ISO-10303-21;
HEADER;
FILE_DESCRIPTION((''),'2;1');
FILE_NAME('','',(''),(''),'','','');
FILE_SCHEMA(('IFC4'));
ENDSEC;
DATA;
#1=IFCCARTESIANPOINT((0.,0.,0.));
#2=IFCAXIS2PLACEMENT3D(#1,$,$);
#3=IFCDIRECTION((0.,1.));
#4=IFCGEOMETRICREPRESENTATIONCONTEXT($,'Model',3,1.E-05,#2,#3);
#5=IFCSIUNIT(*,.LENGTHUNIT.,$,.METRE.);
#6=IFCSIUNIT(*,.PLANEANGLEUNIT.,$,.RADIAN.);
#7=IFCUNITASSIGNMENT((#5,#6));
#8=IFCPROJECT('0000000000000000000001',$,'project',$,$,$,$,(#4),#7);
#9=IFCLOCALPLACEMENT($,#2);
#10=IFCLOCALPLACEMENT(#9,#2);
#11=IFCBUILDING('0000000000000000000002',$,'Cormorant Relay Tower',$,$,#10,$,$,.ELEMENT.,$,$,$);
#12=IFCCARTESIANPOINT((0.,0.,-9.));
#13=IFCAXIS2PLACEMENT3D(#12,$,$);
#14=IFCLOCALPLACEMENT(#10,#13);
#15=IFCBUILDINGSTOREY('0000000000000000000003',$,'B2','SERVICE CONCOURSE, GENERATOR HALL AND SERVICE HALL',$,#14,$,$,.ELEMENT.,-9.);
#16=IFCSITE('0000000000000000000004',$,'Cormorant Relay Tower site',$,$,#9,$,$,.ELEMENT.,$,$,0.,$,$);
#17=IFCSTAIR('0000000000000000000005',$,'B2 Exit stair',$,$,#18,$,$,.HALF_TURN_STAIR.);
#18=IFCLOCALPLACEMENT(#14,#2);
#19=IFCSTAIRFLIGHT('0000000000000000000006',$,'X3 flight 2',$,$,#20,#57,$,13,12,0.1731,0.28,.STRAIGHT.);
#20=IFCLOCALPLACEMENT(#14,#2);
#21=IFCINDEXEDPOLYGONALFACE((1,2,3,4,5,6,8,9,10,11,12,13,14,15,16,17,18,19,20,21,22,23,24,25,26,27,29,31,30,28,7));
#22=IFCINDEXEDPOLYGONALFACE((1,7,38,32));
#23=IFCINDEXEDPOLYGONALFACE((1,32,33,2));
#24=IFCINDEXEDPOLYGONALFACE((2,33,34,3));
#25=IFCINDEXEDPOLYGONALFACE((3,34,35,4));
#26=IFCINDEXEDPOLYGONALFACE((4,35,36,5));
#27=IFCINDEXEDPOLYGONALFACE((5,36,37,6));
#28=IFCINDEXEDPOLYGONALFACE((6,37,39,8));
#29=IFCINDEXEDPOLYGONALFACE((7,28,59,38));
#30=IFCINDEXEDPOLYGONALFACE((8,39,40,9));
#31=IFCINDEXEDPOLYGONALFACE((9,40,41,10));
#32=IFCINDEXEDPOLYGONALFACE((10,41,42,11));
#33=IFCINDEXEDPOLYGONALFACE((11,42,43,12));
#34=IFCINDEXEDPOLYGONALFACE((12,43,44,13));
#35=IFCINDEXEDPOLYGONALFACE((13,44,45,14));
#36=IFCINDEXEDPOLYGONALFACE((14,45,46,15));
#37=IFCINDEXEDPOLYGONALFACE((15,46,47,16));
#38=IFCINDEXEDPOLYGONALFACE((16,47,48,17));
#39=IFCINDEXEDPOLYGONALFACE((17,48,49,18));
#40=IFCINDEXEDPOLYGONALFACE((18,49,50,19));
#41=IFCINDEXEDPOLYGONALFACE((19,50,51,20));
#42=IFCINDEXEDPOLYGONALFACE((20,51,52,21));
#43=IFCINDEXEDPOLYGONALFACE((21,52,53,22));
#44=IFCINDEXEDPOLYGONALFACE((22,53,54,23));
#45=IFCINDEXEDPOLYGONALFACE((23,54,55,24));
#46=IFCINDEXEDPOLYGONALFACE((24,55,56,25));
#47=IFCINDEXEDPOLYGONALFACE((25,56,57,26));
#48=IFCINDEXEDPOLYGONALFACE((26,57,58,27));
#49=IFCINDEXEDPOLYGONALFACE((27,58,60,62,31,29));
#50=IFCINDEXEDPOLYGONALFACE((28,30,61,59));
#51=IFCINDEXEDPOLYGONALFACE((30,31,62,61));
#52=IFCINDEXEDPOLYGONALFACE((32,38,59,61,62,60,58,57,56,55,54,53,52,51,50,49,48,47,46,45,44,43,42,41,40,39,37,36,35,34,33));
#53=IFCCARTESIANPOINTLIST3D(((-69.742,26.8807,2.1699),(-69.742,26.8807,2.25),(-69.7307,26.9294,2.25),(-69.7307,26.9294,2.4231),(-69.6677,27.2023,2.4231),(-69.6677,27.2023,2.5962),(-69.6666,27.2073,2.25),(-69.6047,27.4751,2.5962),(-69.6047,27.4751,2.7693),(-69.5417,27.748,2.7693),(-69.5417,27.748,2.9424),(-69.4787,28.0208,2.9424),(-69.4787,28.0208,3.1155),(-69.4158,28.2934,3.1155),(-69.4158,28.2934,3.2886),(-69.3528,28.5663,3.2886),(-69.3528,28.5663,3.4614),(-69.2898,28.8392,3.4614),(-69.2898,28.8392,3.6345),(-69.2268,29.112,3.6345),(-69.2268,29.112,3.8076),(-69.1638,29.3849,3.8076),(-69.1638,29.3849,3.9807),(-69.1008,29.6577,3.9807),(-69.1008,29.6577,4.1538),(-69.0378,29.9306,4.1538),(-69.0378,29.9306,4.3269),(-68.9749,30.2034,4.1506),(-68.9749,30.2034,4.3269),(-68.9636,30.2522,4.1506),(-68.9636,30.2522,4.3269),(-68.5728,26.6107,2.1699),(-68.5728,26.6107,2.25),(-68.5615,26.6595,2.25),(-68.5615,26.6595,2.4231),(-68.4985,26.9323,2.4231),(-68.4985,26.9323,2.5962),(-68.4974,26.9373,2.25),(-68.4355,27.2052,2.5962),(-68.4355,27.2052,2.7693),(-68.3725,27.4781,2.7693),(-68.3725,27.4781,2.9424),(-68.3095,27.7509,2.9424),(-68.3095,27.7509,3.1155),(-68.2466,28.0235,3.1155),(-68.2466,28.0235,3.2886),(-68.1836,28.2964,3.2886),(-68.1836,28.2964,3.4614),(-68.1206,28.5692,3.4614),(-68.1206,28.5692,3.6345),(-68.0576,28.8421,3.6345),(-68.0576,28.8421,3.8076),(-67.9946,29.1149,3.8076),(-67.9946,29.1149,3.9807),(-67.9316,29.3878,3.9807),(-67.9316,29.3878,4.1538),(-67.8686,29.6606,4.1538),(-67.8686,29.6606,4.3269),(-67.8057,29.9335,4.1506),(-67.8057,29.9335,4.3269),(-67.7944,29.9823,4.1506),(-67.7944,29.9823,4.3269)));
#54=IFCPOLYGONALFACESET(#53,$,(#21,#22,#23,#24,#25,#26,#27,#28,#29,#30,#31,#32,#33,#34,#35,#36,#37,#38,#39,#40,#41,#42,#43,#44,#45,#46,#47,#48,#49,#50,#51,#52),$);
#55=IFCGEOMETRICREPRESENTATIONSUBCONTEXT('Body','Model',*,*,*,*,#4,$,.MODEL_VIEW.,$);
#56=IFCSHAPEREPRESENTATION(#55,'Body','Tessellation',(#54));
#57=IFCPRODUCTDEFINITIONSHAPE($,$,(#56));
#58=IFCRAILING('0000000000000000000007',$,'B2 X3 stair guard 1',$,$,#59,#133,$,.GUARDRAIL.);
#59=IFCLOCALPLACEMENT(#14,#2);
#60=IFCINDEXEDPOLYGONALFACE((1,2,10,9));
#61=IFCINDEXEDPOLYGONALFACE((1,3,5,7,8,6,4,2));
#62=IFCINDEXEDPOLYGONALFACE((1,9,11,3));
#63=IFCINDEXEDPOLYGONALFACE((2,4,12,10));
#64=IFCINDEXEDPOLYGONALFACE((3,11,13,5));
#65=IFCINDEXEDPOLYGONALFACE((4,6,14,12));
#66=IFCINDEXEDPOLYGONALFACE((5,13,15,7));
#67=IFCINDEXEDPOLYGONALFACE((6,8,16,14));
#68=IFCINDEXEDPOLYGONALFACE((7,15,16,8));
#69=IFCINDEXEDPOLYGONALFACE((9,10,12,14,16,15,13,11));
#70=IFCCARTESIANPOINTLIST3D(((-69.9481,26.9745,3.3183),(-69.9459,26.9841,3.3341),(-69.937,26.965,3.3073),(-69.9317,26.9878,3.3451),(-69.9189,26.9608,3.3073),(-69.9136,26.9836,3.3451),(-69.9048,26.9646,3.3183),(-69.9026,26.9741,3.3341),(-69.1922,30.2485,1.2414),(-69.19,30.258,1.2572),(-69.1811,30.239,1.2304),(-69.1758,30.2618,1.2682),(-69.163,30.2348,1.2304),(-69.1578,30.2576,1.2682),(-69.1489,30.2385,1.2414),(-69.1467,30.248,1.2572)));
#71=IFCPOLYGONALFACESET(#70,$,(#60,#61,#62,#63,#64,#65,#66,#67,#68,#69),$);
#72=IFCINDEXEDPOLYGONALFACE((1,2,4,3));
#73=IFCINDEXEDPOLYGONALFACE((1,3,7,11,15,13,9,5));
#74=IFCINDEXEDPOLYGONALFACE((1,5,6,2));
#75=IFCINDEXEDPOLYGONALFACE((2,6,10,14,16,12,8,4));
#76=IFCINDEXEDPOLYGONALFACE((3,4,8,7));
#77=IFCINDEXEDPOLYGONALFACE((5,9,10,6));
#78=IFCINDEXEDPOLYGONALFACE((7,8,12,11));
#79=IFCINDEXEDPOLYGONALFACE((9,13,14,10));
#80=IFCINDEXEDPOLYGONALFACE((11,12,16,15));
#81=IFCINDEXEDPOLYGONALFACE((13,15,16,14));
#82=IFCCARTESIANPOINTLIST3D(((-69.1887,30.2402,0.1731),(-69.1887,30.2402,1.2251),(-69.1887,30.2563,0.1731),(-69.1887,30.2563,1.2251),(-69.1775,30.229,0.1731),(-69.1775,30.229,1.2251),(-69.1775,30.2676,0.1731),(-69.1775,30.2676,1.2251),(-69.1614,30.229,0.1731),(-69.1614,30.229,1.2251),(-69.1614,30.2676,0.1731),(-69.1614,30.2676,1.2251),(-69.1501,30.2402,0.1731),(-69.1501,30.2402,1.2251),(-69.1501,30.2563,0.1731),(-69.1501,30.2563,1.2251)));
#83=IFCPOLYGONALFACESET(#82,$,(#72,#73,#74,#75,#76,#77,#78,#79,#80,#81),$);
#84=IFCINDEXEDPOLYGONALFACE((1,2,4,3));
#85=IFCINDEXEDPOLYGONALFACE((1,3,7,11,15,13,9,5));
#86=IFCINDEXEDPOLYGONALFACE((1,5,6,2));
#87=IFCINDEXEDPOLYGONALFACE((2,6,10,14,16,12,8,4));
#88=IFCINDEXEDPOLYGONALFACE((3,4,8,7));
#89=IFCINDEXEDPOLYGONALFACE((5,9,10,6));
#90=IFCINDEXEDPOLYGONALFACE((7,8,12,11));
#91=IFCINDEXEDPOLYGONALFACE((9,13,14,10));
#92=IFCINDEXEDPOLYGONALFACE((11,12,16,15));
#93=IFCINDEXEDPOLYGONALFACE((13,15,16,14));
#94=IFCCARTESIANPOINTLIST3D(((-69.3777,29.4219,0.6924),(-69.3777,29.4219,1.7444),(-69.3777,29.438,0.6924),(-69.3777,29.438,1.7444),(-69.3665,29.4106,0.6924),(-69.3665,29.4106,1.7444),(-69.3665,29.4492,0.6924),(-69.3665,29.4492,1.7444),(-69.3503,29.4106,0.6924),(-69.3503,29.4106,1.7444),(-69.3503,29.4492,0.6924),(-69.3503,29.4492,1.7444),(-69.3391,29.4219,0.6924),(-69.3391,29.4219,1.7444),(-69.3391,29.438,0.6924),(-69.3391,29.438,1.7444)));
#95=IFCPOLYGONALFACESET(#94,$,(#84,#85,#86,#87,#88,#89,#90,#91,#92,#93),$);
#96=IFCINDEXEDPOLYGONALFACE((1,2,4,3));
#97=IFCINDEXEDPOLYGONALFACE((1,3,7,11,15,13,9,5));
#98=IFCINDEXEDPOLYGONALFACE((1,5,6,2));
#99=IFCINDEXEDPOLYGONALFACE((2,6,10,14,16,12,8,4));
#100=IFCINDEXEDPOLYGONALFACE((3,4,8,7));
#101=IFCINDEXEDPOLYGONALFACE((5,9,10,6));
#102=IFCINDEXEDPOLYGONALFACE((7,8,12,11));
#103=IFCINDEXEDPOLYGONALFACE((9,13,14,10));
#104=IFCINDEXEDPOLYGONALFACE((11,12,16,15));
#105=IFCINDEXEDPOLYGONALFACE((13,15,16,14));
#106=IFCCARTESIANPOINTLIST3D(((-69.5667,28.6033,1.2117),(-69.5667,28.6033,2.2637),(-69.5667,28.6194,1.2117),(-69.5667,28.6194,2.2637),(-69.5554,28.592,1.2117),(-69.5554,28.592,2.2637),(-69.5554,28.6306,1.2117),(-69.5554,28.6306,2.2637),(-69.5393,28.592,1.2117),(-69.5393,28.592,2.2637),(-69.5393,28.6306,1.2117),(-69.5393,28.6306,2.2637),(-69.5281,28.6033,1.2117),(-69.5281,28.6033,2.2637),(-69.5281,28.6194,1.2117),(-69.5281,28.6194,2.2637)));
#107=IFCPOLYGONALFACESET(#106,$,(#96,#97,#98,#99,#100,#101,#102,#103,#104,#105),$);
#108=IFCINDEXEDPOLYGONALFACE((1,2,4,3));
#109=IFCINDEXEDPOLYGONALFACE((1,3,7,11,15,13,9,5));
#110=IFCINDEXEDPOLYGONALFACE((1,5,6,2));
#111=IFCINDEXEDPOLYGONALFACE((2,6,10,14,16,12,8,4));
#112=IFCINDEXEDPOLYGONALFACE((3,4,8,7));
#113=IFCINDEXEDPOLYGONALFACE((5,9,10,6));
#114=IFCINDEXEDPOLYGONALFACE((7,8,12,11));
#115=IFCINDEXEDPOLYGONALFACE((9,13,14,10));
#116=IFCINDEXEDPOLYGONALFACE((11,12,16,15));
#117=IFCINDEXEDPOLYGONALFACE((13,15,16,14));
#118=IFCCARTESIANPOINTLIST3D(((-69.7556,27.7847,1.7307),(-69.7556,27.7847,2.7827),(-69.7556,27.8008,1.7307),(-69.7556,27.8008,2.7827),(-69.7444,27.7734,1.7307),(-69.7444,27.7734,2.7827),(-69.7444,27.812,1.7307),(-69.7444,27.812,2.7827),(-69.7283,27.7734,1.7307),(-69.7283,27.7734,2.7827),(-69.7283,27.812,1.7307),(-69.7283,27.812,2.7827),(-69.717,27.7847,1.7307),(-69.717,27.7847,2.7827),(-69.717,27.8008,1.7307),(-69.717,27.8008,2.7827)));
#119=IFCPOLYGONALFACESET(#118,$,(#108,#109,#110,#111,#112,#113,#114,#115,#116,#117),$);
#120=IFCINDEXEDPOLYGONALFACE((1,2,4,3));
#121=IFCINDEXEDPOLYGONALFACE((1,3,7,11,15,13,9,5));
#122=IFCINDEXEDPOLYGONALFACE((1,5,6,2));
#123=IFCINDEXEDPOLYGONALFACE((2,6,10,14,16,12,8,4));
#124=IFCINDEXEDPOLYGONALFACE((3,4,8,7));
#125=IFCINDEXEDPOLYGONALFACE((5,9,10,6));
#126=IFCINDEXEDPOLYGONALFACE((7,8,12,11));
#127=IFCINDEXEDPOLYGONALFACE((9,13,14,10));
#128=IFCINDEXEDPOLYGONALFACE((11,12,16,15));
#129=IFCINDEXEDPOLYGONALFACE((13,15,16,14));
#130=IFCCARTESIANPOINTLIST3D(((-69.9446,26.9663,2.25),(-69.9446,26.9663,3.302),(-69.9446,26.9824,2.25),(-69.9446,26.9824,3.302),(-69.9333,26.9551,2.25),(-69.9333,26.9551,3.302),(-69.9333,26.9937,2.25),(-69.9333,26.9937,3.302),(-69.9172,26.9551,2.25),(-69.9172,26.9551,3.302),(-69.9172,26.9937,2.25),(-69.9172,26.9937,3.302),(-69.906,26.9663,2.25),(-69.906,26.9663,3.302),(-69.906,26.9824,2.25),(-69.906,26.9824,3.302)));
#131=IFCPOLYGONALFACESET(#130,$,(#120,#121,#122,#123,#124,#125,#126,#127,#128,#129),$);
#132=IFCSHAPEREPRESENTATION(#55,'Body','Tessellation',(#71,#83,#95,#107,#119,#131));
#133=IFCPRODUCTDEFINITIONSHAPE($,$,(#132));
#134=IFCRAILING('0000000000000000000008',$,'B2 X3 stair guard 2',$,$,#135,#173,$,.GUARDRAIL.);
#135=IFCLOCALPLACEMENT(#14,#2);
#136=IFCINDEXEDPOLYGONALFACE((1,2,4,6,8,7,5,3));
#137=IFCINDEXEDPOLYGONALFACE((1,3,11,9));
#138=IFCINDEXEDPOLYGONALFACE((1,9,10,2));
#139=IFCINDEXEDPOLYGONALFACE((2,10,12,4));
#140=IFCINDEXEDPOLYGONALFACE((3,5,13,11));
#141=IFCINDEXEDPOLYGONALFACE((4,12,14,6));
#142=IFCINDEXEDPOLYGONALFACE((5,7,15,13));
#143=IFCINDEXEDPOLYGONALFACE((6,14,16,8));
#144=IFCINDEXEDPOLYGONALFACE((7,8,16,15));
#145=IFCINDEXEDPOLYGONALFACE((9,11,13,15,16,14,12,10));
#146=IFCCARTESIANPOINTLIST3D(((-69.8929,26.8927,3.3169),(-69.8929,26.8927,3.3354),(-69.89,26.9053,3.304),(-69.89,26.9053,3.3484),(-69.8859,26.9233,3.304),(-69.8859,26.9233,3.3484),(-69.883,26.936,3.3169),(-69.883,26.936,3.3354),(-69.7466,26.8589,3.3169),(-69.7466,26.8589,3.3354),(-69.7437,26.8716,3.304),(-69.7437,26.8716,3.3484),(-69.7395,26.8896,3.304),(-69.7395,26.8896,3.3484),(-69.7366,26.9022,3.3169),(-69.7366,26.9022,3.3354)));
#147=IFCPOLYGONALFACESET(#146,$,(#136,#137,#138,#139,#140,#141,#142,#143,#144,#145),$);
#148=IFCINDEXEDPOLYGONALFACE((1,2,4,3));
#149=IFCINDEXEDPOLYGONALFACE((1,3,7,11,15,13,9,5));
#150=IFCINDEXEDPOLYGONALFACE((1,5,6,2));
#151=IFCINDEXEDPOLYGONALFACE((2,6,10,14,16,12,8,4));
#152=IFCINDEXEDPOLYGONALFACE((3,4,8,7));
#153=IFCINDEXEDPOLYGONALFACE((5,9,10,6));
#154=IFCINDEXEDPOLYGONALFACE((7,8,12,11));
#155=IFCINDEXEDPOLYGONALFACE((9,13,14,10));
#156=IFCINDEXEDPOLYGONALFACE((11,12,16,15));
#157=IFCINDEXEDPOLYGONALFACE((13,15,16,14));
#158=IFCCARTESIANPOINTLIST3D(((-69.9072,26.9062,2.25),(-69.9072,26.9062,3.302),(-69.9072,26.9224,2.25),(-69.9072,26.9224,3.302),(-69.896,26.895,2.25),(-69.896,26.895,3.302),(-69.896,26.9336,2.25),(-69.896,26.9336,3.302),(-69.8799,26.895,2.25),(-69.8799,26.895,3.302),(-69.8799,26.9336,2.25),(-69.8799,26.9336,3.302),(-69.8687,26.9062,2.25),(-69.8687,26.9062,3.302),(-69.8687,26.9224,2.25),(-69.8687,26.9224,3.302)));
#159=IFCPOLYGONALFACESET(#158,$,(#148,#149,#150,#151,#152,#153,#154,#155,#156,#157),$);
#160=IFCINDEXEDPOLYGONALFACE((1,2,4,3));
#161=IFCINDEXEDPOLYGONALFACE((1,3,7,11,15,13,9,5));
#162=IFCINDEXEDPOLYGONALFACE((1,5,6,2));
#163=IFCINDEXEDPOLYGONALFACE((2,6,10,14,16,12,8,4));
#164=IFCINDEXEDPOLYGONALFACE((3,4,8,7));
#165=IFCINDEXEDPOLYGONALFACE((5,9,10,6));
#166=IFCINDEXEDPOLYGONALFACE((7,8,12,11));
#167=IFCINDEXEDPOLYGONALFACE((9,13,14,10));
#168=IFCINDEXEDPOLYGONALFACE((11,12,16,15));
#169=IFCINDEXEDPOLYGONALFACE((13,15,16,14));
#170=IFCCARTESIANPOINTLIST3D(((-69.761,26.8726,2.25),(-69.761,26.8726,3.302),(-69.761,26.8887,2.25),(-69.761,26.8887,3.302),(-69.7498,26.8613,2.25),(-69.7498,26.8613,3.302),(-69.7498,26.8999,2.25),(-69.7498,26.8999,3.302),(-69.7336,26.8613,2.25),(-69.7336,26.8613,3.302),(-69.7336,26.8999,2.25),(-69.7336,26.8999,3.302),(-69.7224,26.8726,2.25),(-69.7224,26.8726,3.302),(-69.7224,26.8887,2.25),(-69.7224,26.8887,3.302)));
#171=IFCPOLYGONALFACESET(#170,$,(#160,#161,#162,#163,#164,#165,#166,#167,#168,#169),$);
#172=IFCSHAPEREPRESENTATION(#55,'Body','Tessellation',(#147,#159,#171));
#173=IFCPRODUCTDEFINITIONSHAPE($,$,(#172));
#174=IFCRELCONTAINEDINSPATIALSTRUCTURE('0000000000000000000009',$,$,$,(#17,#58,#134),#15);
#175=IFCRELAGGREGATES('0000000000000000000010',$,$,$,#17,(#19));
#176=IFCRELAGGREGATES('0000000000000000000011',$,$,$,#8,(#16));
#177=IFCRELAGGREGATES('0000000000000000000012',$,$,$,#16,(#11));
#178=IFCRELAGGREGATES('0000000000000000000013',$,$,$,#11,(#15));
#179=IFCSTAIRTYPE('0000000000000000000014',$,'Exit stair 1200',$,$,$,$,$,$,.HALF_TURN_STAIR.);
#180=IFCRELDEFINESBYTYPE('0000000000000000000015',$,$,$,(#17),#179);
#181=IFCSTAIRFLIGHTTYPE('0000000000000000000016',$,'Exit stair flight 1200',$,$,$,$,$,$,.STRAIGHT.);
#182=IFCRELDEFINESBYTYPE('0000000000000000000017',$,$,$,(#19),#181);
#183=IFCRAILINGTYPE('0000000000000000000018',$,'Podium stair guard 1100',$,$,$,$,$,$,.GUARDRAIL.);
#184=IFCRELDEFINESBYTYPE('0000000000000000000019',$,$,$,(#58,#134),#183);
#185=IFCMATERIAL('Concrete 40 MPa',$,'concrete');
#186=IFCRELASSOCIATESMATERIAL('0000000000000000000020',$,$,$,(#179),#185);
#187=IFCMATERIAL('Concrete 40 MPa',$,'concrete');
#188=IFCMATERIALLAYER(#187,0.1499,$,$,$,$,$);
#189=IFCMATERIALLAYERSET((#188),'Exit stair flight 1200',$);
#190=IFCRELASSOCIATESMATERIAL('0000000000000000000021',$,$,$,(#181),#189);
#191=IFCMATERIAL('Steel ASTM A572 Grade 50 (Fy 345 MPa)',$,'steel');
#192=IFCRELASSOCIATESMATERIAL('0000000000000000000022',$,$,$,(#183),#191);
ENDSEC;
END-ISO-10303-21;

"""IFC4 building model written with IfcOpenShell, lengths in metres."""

from ifc_helpers import new_model, si_unit, direction, frame, origin, place, context, subcontext, project, spatial, polyline, outline, extrude, material, layer, layer_set, type_object, element, aggregate, save


model = new_model("IFC4")

# Units and contexts
model_context = context("Model", 3, precision=1e-05, world=origin(), true_north=direction((0.0, 1.0)))
body_context = subcontext(model_context, "Body", "Model", "MODEL_VIEW")
ifc_project = project(units=[si_unit("LENGTHUNIT", "METRE"), si_unit("PLANEANGLEUNIT", "RADIAN")], contexts=[model_context])

# Site, building, storey
site_placement = place(None, origin())
site = spatial("IfcSite", under=ifc_project, at=site_placement, Name="Cormorant Relay Tower site", CompositionType="ELEMENT", RefElevation=0.0)
building_placement = place(site_placement, origin())
building = spatial("IfcBuilding", under=site, at=building_placement, Name="Cormorant Relay Tower", CompositionType="ELEMENT")
storey_placement = place(building_placement, frame((0.0, 0.0, -9.0)))
storey = spatial("IfcBuildingStorey", under=building, at=storey_placement, Name="B2", Description="SERVICE CONCOURSE, GENERATOR HALL AND SERVICE HALL", CompositionType="ELEMENT", Elevation=-9.0)

# Stair, stair flight
ifc_material_1 = material(Name="Concrete 40 MPa", Category="concrete")
stair_type = type_object("IfcStairType", Name="Exit stair 1200", PredefinedType="HALF_TURN_STAIR", material=ifc_material_1)
stair_placement = place(storey_placement, origin())
stair = element("IfcStair", 1, at=stair_placement, inside=storey, type_object=stair_type, Name="B2 Exit stair", PredefinedType="HALF_TURN_STAIR")
ifc_material_2 = material(Name="Concrete 40 MPa", Category="concrete")
ifc_layer_1 = layer(ifc_material_2, 0.1499)
ifc_layer_set_1 = layer_set([ifc_layer_1], Name="Exit stair flight 1200")
stair_flight_type = type_object("IfcStairFlightType", Name="Exit stair flight 1200", PredefinedType="STRAIGHT", material=ifc_layer_set_1)
stair_flight_placement = place(storey_placement, frame((-69.146, 26.7944, 2.25), z_axis=(0.0, 0.0, 1.0), x_axis=(0.224951, 0.97437, 0.0)))
stair_flight = element("IfcStairFlight", 2, at=stair_flight_placement, type_object=stair_flight_type, Name="X3 flight 2", NumberOfRisers=13, NumberOfTreads=12, PredefinedType="STRAIGHT", RiserHeight=0.1731, TreadLength=0.28, context=body_context, shape_type="SweptSolid", body=[
    extrude(outline(polyline([(-0.05, -0.0801), (-0.05, 0.0), (0.0, 0.0), (0.0, 0.1731), (0.28, 0.1731), (0.28, 0.3462), (0.5601, 0.3462), (0.5601, 0.5193), (0.8401, 0.5193), (0.8401, 0.6924), (1.1201, 0.6924), (1.1201, 0.8655), (1.3999, 0.8655), (1.3999, 1.0386), (1.6799, 1.0386), (1.6799, 1.2114), (1.96, 1.2114), (1.96, 1.3845), (2.24, 1.3845), (2.24, 1.5576), (2.52, 1.5576), (2.52, 1.7307), (2.8, 1.7307), (2.8, 1.9038), (3.0801, 1.9038), (3.0801, 2.0769), (3.3601, 2.0769), (3.4102, 2.0769), (3.4102, 1.9006), (3.3601, 1.9006), (0.2852, 0.0), (-0.05, -0.0801)])), frame((0.0, 0.6001, 0.0), z_axis=(0.0, -1.0, 0.0), x_axis=(1.0, 0.0, 0.0)), (0.0, 0.0, 1.0), 1.2),
])
aggregate(stair, [stair_flight])

# Railings
ifc_material_3 = material(Name="Steel ASTM A572 Grade 50 (Fy 345 MPa)", Category="steel")
railing_type_1 = type_object("IfcRailingType", Name="Podium stair guard 1100", PredefinedType="GUARDRAIL", material=ifc_material_3)
railing_1_placement = place(storey_placement, frame((-69.1694, 30.2483, 0.1731)))
element("IfcRailing", 3, at=railing_1_placement, inside=storey, type_object=railing_type_1, Name="B2 X3 stair guard 1", PredefinedType="GUARDRAIL", context=body_context, shape_type="SweptSolid", body=[
    extrude(outline(polyline([(0.0222, 0.0093), (0.0093, 0.0222), (-0.0093, 0.0222), (-0.0222, 0.0093), (-0.0222, -0.0093), (-0.0093, -0.0222), (0.0093, -0.0222), (0.0222, -0.0093), (0.0222, 0.0093)])), frame((0.0, 0.0, 1.0762), z_axis=(-0.191351, -0.828817, 0.525783), x_axis=(0.974369, -0.224955, 0.0)), (0.0, 0.0, 1.0), 3.9502),
    extrude(outline(polyline([(0.0193, 0.0081), (0.0081, 0.0193), (-0.0081, 0.0193), (-0.0193, 0.0081), (-0.0193, -0.0081), (-0.0081, -0.0193), (0.0081, -0.0193), (0.0193, -0.0081), (0.0193, 0.0081)])), origin(), (0.0, 0.0, 1.0), 1.052),
    extrude(outline(polyline([(0.0193, 0.0081), (0.0081, 0.0193), (-0.0081, 0.0193), (-0.0193, 0.0081), (-0.0193, -0.0081), (-0.0081, -0.0193), (0.0081, -0.0193), (0.0193, -0.0081), (0.0193, 0.0081)])), frame((-0.189, -0.8184, 0.5193)), (0.0, 0.0, 1.0), 1.052),
    extrude(outline(polyline([(0.0193, 0.0081), (0.0081, 0.0193), (-0.0081, 0.0193), (-0.0193, 0.0081), (-0.0193, -0.0081), (-0.0081, -0.0193), (0.0081, -0.0193), (0.0193, -0.0081), (0.0193, 0.0081)])), frame((-0.3779, -1.637, 1.0386)), (0.0, 0.0, 1.0), 1.052),
    extrude(outline(polyline([(0.0193, 0.0081), (0.0081, 0.0193), (-0.0081, 0.0193), (-0.0193, 0.0081), (-0.0193, -0.0081), (-0.0081, -0.0193), (0.0081, -0.0193), (0.0193, -0.0081), (0.0193, 0.0081)])), frame((-0.5669, -2.4556, 1.5576)), (0.0, 0.0, 1.0), 1.052),
    extrude(outline(polyline([(0.0193, 0.0081), (0.0081, 0.0193), (-0.0081, 0.0193), (-0.0193, 0.0081), (-0.0193, -0.0081), (-0.0081, -0.0193), (0.0081, -0.0193), (0.0193, -0.0081), (0.0193, 0.0081)])), frame((-0.7559, -3.2739, 2.0769)), (0.0, 0.0, 1.0), 1.052),
])
railing_2_placement = place(storey_placement, frame((-69.8879, 26.9143, 2.25)))
element("IfcRailing", 4, at=railing_2_placement, inside=storey, type_object=railing_type_1, Name="B2 X3 stair guard 2", PredefinedType="GUARDRAIL", context=body_context, shape_type="SweptSolid", body=[
    extrude(outline(polyline([(0.0222, 0.0093), (0.0093, 0.0222), (-0.0093, 0.0222), (-0.0222, 0.0093), (-0.0222, -0.0093), (-0.0093, -0.0222), (0.0093, -0.0222), (0.0222, -0.0093), (0.0222, 0.0093)])), frame((0.0, 0.0, 1.0762), z_axis=(0.974473, -0.224503, 0.0), x_axis=(0.224503, 0.974473, 0.0)), (0.0, 0.0, 1.0), 0.1501),
    extrude(outline(polyline([(0.0193, 0.0081), (0.0081, 0.0193), (-0.0081, 0.0193), (-0.0193, 0.0081), (-0.0193, -0.0081), (-0.0081, -0.0193), (0.0081, -0.0193), (0.0193, -0.0081), (0.0193, 0.0081)])), origin(), (0.0, 0.0, 1.0), 1.052),
    extrude(outline(polyline([(0.0193, 0.0081), (0.0081, 0.0193), (-0.0081, 0.0193), (-0.0193, 0.0081), (-0.0193, -0.0081), (-0.0081, -0.0193), (0.0081, -0.0193), (0.0193, -0.0081), (0.0193, 0.0081)])), frame((0.1462, -0.0337, 0.0)), (0.0, 0.0, 1.0), 1.052),
])

save(model, "model.ifc")
